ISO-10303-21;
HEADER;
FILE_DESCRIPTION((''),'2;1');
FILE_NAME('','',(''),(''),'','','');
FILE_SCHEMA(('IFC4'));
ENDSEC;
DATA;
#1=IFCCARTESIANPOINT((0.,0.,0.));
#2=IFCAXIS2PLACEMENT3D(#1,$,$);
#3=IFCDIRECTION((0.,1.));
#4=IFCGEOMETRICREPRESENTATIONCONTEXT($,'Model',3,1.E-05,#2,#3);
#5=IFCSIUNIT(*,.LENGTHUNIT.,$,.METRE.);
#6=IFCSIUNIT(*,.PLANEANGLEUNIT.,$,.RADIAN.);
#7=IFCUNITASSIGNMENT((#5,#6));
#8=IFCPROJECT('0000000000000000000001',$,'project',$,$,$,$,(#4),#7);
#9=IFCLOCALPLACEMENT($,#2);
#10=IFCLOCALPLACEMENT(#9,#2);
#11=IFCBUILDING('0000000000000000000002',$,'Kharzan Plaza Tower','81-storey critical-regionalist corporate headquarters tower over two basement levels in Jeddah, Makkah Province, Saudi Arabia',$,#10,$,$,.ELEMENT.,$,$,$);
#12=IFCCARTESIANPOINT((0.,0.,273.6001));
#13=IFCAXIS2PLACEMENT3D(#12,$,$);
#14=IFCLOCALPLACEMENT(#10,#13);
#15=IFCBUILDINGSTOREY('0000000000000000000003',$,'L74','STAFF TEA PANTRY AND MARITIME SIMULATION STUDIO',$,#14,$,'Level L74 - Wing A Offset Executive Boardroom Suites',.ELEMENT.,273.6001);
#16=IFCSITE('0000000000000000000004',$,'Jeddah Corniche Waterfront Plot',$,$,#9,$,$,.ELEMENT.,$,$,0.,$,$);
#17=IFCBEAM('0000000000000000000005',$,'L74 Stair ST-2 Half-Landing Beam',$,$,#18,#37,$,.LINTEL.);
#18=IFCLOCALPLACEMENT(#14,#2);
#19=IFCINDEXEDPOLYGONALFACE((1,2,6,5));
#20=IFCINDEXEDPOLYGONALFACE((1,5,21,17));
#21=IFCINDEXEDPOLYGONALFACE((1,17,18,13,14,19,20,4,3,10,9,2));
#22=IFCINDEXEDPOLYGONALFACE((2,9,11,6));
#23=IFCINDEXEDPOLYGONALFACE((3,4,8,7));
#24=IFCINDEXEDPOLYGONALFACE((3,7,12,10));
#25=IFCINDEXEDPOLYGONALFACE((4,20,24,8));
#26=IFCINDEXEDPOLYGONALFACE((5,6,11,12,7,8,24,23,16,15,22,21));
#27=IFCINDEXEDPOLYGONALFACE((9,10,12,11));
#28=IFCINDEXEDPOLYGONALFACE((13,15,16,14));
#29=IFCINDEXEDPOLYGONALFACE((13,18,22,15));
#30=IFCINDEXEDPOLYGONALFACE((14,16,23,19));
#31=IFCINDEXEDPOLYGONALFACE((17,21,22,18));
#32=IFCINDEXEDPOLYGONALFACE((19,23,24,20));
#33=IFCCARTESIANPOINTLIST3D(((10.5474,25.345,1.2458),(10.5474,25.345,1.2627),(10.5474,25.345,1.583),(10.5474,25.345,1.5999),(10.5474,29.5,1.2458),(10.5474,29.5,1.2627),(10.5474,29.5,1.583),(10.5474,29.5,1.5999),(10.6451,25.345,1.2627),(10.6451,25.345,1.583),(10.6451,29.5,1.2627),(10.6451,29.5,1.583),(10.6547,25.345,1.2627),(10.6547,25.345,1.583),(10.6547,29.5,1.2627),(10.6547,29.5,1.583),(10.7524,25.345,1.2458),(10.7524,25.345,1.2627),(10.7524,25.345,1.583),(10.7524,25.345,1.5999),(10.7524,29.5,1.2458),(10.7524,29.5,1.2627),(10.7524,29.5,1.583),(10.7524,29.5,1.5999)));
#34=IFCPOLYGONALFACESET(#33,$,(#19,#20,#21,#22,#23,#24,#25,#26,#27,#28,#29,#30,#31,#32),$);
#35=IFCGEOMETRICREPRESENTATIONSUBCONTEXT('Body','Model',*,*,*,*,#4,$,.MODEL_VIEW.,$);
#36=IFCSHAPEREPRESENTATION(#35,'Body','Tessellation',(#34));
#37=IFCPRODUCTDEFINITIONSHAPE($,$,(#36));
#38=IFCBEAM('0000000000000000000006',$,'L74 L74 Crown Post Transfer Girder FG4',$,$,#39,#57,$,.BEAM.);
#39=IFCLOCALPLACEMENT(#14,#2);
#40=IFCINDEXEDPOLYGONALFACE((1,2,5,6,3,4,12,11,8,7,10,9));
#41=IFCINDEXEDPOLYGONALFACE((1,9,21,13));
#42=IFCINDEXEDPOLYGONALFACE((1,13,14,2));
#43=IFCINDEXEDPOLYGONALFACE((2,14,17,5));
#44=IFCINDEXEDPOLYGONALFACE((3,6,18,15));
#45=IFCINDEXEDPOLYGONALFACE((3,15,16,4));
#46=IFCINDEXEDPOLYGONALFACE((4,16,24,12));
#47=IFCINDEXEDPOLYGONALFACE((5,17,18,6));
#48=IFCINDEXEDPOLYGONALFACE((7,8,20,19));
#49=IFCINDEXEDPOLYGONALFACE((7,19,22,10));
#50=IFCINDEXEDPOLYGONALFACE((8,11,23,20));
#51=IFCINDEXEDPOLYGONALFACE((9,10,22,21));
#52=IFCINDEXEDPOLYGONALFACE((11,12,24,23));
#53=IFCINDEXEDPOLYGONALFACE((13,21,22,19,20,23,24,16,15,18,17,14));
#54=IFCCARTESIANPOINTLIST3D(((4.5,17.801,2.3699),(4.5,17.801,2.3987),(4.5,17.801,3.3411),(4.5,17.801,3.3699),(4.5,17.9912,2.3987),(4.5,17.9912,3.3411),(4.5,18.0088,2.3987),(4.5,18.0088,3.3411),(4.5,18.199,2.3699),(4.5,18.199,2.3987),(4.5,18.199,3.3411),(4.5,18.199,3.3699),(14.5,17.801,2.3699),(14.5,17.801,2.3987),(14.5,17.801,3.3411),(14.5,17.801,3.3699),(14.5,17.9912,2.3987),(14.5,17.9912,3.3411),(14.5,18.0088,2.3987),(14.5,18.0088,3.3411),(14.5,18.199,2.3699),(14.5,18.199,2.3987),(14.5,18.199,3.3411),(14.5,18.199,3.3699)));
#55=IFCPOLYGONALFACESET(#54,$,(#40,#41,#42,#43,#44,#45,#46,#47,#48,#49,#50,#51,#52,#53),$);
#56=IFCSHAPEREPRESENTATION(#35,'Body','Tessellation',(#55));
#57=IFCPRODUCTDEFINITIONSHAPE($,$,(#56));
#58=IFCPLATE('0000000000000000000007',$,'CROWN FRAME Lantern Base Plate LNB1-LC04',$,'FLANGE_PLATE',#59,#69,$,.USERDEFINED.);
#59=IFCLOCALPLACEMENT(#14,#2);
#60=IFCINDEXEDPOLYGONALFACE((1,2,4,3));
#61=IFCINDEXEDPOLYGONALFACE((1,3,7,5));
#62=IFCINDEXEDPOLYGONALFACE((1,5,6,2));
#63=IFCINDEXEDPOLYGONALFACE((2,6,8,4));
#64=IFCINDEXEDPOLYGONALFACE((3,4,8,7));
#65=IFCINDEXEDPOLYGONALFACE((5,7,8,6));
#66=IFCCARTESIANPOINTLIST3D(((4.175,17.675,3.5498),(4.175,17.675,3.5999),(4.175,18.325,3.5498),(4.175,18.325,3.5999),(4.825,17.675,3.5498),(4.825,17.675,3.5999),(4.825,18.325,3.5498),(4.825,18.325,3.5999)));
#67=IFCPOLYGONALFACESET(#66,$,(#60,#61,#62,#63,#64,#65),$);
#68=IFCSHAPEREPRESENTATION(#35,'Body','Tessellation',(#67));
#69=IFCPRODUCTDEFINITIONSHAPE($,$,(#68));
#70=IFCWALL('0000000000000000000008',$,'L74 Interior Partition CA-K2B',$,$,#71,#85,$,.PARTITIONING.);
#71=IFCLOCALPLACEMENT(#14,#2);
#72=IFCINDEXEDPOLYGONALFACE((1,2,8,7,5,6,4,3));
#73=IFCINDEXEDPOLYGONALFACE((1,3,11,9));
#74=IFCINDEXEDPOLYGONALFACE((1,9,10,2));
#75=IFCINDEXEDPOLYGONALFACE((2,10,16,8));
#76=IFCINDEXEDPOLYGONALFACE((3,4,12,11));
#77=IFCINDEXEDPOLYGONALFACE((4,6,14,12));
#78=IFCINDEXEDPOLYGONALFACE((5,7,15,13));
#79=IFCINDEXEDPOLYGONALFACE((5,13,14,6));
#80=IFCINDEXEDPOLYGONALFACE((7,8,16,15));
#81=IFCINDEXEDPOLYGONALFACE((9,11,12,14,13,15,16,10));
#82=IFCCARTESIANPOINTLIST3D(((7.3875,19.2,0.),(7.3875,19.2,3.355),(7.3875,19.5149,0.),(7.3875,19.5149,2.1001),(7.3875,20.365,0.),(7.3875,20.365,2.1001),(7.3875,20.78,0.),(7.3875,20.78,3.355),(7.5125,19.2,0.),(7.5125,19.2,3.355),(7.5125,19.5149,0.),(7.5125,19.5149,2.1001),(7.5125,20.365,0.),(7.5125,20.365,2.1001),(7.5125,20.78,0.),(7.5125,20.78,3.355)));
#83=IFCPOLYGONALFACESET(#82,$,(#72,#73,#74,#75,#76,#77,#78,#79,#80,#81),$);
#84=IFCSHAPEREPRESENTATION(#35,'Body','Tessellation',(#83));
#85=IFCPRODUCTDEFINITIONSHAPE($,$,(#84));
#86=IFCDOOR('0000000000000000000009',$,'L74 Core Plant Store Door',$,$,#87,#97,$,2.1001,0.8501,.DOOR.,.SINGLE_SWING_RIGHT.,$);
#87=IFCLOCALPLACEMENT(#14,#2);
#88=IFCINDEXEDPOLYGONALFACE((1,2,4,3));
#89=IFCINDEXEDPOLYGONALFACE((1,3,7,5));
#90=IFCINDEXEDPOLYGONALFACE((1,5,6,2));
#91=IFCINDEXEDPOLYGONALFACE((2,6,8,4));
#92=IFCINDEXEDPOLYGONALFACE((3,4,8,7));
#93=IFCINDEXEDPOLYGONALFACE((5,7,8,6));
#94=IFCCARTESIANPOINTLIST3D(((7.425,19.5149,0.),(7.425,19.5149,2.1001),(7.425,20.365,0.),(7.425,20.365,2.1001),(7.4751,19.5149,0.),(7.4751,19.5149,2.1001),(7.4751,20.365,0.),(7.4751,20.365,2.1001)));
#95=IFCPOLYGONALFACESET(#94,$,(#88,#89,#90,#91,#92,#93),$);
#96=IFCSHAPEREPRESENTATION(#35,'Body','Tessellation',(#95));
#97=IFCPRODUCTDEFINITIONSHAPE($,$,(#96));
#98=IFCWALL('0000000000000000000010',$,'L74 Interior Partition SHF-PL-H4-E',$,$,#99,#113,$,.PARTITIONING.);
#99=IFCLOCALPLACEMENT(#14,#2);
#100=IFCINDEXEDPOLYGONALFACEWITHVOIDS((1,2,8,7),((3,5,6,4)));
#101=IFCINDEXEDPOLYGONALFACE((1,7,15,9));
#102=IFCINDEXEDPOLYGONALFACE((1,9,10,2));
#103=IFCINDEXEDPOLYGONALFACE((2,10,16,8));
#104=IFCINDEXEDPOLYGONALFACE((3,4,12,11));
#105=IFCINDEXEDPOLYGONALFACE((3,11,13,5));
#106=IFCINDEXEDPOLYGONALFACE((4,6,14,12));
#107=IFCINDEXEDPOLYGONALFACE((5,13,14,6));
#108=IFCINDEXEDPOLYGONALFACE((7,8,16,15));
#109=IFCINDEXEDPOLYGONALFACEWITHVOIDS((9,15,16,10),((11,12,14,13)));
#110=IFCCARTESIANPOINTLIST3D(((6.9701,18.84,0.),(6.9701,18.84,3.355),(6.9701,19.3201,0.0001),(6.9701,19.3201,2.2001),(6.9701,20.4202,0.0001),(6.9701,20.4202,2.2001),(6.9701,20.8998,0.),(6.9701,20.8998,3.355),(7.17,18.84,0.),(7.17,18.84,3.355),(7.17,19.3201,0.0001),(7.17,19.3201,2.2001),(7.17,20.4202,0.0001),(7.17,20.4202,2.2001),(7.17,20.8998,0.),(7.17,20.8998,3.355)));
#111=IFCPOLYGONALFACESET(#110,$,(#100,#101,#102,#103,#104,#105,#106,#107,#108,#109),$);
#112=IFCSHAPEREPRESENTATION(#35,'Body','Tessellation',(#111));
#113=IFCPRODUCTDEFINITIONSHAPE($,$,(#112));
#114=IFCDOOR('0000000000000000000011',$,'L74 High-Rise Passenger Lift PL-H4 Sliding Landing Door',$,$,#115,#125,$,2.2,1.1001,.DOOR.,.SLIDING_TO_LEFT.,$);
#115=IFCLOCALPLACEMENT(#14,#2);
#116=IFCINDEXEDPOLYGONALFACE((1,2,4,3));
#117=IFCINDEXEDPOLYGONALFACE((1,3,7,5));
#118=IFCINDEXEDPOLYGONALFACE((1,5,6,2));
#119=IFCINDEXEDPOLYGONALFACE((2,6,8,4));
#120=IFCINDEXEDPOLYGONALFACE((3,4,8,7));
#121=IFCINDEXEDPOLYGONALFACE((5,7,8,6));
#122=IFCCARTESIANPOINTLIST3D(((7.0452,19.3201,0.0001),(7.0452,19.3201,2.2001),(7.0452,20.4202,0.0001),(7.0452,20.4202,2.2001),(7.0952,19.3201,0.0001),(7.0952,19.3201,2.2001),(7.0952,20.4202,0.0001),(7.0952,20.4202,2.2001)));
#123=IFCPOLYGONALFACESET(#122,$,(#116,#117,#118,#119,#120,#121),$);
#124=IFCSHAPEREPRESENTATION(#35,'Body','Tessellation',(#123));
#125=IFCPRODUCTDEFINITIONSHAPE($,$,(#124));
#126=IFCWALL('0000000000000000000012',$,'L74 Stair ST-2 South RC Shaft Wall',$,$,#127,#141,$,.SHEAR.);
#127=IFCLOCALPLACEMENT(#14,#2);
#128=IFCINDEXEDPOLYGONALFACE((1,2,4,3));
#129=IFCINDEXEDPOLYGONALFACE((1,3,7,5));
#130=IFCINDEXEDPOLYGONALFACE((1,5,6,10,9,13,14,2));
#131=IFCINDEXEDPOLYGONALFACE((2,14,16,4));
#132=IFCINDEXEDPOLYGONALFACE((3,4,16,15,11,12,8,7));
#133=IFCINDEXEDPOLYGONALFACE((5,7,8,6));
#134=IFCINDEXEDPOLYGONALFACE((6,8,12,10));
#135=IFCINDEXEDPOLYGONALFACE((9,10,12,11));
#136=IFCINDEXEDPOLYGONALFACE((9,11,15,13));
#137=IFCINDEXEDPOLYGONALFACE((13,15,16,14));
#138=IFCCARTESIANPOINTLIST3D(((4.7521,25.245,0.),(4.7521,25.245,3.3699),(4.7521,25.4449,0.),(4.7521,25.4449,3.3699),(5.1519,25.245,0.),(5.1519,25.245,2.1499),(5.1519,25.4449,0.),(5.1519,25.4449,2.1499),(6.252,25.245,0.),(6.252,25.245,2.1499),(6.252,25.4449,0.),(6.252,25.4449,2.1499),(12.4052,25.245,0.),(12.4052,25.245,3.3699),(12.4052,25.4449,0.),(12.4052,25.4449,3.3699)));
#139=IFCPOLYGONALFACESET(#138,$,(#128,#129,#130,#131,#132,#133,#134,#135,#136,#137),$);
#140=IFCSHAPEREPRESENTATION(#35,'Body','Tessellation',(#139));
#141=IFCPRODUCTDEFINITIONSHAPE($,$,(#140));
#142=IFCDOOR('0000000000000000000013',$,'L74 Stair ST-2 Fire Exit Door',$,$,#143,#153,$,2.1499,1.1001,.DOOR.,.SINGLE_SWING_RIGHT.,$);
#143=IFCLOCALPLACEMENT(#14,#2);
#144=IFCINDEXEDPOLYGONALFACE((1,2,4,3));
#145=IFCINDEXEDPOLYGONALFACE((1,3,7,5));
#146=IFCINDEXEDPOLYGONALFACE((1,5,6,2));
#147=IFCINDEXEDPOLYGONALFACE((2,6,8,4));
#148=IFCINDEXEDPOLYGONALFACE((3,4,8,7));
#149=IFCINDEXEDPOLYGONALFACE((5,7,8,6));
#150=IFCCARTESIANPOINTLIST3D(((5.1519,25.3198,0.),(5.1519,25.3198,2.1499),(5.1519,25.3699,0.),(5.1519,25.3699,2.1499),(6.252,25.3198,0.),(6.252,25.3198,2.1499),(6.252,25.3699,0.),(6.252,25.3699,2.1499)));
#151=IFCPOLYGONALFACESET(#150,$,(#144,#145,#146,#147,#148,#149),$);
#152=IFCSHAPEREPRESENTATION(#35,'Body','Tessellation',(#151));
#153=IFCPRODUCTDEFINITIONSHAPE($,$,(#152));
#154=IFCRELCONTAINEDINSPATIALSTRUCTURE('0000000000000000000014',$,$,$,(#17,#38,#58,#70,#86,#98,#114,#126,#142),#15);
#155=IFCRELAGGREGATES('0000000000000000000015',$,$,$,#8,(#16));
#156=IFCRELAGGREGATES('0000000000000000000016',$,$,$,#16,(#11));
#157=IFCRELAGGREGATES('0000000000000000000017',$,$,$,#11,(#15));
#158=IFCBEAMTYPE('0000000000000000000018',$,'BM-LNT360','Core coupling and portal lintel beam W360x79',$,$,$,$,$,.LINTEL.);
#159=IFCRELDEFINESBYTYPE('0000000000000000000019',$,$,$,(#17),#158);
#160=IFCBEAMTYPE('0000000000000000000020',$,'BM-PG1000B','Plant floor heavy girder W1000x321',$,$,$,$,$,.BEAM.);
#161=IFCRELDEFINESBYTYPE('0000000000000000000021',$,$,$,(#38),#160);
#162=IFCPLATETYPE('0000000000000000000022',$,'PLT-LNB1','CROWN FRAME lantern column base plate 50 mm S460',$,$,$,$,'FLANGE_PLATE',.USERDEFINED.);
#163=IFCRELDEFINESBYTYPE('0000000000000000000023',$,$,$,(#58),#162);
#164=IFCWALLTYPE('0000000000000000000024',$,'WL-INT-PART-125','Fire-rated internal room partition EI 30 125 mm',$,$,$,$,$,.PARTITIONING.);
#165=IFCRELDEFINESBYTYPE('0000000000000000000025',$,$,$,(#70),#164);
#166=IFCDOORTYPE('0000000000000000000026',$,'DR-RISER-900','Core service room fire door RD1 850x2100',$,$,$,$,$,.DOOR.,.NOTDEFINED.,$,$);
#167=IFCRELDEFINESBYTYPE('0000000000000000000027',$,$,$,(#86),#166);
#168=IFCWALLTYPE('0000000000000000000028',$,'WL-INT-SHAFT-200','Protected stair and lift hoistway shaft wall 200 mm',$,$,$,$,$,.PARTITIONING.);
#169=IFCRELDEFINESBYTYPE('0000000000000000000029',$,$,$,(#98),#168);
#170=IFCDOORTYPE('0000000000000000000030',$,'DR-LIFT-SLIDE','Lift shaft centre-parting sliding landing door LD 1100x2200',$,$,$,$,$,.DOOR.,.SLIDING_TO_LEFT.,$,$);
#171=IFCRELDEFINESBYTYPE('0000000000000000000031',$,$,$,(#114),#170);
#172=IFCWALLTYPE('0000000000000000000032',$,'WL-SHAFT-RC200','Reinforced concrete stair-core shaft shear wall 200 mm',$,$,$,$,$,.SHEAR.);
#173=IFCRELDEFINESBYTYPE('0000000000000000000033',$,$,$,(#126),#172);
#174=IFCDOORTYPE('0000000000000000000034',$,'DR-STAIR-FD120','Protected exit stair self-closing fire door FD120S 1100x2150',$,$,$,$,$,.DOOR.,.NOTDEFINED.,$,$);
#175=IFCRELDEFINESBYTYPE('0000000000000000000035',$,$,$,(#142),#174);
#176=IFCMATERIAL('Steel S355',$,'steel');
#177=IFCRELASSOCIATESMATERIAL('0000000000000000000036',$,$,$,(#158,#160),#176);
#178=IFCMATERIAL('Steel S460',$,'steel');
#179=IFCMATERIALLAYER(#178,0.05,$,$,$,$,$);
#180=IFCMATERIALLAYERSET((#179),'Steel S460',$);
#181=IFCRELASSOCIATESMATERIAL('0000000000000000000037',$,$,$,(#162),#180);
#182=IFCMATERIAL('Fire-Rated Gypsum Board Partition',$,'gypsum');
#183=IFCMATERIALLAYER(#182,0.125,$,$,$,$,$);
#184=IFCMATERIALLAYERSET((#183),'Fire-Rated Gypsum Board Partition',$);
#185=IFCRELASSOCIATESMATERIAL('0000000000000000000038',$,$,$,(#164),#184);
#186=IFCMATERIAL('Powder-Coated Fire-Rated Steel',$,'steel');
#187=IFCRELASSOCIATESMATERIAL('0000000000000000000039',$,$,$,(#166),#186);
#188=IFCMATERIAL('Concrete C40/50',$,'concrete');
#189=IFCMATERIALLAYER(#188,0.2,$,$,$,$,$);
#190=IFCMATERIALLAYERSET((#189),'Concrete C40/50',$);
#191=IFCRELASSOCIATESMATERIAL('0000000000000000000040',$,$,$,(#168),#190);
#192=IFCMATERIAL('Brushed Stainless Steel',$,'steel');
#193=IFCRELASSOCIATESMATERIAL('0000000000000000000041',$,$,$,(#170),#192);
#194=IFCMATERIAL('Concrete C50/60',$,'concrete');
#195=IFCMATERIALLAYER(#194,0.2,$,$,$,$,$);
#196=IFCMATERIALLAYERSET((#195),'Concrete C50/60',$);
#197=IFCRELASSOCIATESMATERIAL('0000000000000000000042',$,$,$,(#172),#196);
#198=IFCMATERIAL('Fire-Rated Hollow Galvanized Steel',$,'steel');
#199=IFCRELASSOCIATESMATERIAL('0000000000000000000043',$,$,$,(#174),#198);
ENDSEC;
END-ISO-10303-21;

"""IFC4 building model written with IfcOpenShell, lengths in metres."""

from ifc_helpers import new_model, si_unit, direction, frame, frame_2d, origin, origin_2d, place, context, subcontext, project, spatial, rectangle, i_section, extrude, source, transform, mapped, material, layer, layer_set, material_profile, profile_set, type_object, element, fill, save


model = new_model("IFC4")

# Units and contexts
model_context = context("Model", 3, precision=1e-05, world=origin(), true_north=direction((0.0, 1.0)))
body_context = subcontext(model_context, "Body", "Model", "MODEL_VIEW")
ifc_project = project(units=[si_unit("LENGTHUNIT", "METRE"), si_unit("PLANEANGLEUNIT", "RADIAN")], contexts=[model_context])

# Site, building, storey
site_placement = place(None, origin())
site = spatial("IfcSite", under=ifc_project, at=site_placement, Name="Jeddah Corniche Waterfront Plot", CompositionType="ELEMENT", RefElevation=0.0)
building_placement = place(site_placement, origin())
building = spatial("IfcBuilding", under=site, at=building_placement, Name="Kharzan Plaza Tower", Description="81-storey critical-regionalist corporate headquarters tower over two basement levels in Jeddah, Makkah Province, Saudi Arabia", CompositionType="ELEMENT")
storey_placement = place(building_placement, frame((0.0, 0.0, 273.6001)))
storey = spatial("IfcBuildingStorey", under=building, at=storey_placement, Name="L74", Description="STAFF TEA PANTRY AND MARITIME SIMULATION STUDIO", LongName="Level L74 - Wing A Offset Executive Boardroom Suites", CompositionType="ELEMENT", Elevation=273.6001)

# Beams
ifc_material_1 = material(Name="Steel S355", Category="steel")
ifc_material_profile_1 = material_profile(ifc_material_1, i_section(OverallWidth=0.2051, OverallDepth=0.354, WebThickness=0.0095, FlangeThickness=0.0168, at=origin_2d()), Name="W360x79")
ifc_profile_set_1 = profile_set([ifc_material_profile_1], Name="Steel S355")
beam_type_1 = type_object("IfcBeamType", Name="BM-LNT360", Description="Core coupling and portal lintel beam W360x79", PredefinedType="LINTEL", material=ifc_profile_set_1)
shared_shape_1 = source(origin(), body_context, "Body", "SweptSolid", [
    extrude(i_section(OverallWidth=0.2051, OverallDepth=0.354, WebThickness=0.0095, FlangeThickness=0.0168, at=origin_2d()), origin(), (0.0, 0.0, 1.0), 4.155),
])
beam_1_placement = place(storey_placement, frame((10.6499, 25.345, 1.4229), z_axis=(0.0, 1.0, 0.0), x_axis=(-1.0, 0.0, 0.0)))
element("IfcBeam", 1, at=beam_1_placement, inside=storey, type_object=beam_type_1, Name="L74 Stair ST-2 Half-Landing Beam", PredefinedType="LINTEL", context=body_context, shape_type="MappedRepresentation", body=[
    mapped(shared_shape_1, transform((0.0, 0.0, 0.0), x_axis=(1.0, 0.0, 0.0), y_axis=(0.0, 1.0, 0.0), z_axis=(0.0, 0.0, 1.0))),
])
ifc_material_profile_2 = material_profile(ifc_material_1, i_section(OverallWidth=0.3979, OverallDepth=1.0, WebThickness=0.0176, FlangeThickness=0.0288, at=origin_2d()), Name="W1000x321")
ifc_profile_set_2 = profile_set([ifc_material_profile_2], Name="Steel S355")
beam_type_2 = type_object("IfcBeamType", Name="BM-PG1000B", Description="Plant floor heavy girder W1000x321", PredefinedType="BEAM", material=ifc_profile_set_2)
shared_shape_2 = source(origin(), body_context, "Body", "SweptSolid", [
    extrude(i_section(OverallWidth=0.3979, OverallDepth=1.0, WebThickness=0.0176, FlangeThickness=0.0288, at=origin_2d()), origin(), (0.0, 0.0, 1.0), 10.0),
])
beam_2_placement = place(storey_placement, frame((4.5, 18.0, 2.8699), z_axis=(1.0, 0.0, 0.0), x_axis=(0.0, 1.0, 0.0)))
element("IfcBeam", 2, at=beam_2_placement, inside=storey, type_object=beam_type_2, Name="L74 L74 Crown Post Transfer Girder FG4", PredefinedType="BEAM", context=body_context, shape_type="MappedRepresentation", body=[
    mapped(shared_shape_2, transform((0.0, 0.0, 0.0), x_axis=(1.0, 0.0, 0.0), y_axis=(0.0, 1.0, 0.0), z_axis=(0.0, 0.0, 1.0))),
])

# Plate
ifc_material_2 = material(Name="Steel S460", Category="steel")
ifc_layer_1 = layer(ifc_material_2, 0.05)
ifc_layer_set_1 = layer_set([ifc_layer_1], Name="Steel S460")
plate_type = type_object("IfcPlateType", Name="PLT-LNB1", Description="CROWN FRAME lantern column base plate 50 mm S460", ElementType="FLANGE_PLATE", PredefinedType="USERDEFINED", material=ifc_layer_set_1)
shared_shape_3 = source(origin(), body_context, "Body", "SweptSolid", [
    extrude(rectangle(XDim=0.6499, YDim=0.6499, at=origin_2d()), origin(), (0.0, 0.0, 1.0), 0.05),
])
plate_placement = place(storey_placement, frame((4.5, 18.0, 3.5498), z_axis=(0.0, 0.0, 1.0), x_axis=(1.0, 0.0, 0.0)))
element("IfcPlate", 3, at=plate_placement, inside=storey, type_object=plate_type, Name="CROWN FRAME Lantern Base Plate LNB1-LC04", ObjectType="FLANGE_PLATE", PredefinedType="USERDEFINED", context=body_context, shape_type="MappedRepresentation", body=[
    mapped(shared_shape_3, transform((0.0, 0.0, 0.0), x_axis=(1.0, 0.0, 0.0), y_axis=(0.0, 1.0, 0.0), z_axis=(0.0, 0.0, 1.0))),
])

# Walls, openings, doors
ifc_material_3 = material(Name="Concrete C40/50", Category="concrete")
ifc_material_4 = material(Name="Fire-Rated Gypsum Board Partition", Category="gypsum")
ifc_layer_2 = layer(ifc_material_4, 0.125)
ifc_layer_set_2 = layer_set([ifc_layer_2], Name="Fire-Rated Gypsum Board Partition")
wall_type_1 = type_object("IfcWallType", Name="WL-INT-PART-125", Description="Fire-rated internal room partition EI 30 125 mm", PredefinedType="PARTITIONING", material=ifc_layer_set_2)
wall_1_placement = place(storey_placement, frame((7.45, 19.2, 0.0), z_axis=(0.0, 0.0, 1.0), x_axis=(0.0, 1.0, 0.0)))
wall_1 = element("IfcWall", 4, at=wall_1_placement, inside=storey, type_object=wall_type_1, Name="L74 Interior Partition CA-K2B", PredefinedType="PARTITIONING", context=body_context, shape_type="SweptSolid", body=[
    extrude(rectangle(XDim=1.5801, YDim=0.125, at=frame_2d((0.79, 0.0))), origin(), (0.0, 0.0, 1.0), 3.355),
])
opening_1_placement = place(wall_1_placement, frame((0.3149, 0.0, 0.0)))
opening_1 = element("IfcOpeningElement", 5, at=opening_1_placement, cuts=wall_1, PredefinedType="OPENING", context=body_context, shape_type="SweptSolid", body=[
    extrude(rectangle(XDim=0.8501, YDim=2.1001, at=frame_2d((0.425, 1.05))), frame((0.0, 0.0725, 0.0), z_axis=(0.0, -1.0, 0.0), x_axis=(1.0, 0.0, 0.0)), (0.0, 0.0, 1.0), 0.145),
])
ifc_material_5 = material(Name="Powder-Coated Fire-Rated Steel", Category="steel")
door_type_1 = type_object("IfcDoorType", Name="DR-RISER-900", Description="Core service room fire door RD1 850x2100", OperationType="NOTDEFINED", PredefinedType="DOOR", material=ifc_material_5)
shared_shape_4 = source(origin(), body_context, "Body", "SweptSolid", [
    extrude(rectangle(XDim=0.8501, YDim=2.1001, at=frame_2d((0.425, 1.05))), frame((0.0, 0.0249, 0.0), z_axis=(0.0, -1.0, 0.0), x_axis=(1.0, 0.0, 0.0)), (0.0, 0.0, 1.0), 0.05),
])
door_1_placement = place(opening_1_placement, origin())
door_1 = element("IfcDoor", 6, at=door_1_placement, inside=storey, type_object=door_type_1, Name="L74 Core Plant Store Door", OperationType="SINGLE_SWING_RIGHT", OverallHeight=2.1001, OverallWidth=0.8501, PredefinedType="DOOR", context=body_context, shape_type="MappedRepresentation", body=[
    mapped(shared_shape_4, transform((0.0, 0.0, 0.0), x_axis=(1.0, 0.0, 0.0), y_axis=(0.0, 1.0, 0.0), z_axis=(0.0, 0.0, 1.0))),
])
fill(opening_1, door_1)
ifc_layer_3 = layer(ifc_material_3, 0.2)
ifc_layer_set_3 = layer_set([ifc_layer_3], Name="Concrete C40/50")
wall_type_2 = type_object("IfcWallType", Name="WL-INT-SHAFT-200", Description="Protected stair and lift hoistway shaft wall 200 mm", PredefinedType="PARTITIONING", material=ifc_layer_set_3)
wall_2_placement = place(storey_placement, frame((7.0701, 18.8401, 0.0), z_axis=(0.0, 0.0, 1.0), x_axis=(0.0, 1.0, 0.0)))
wall_2 = element("IfcWall", 7, at=wall_2_placement, inside=storey, type_object=wall_type_2, Name="L74 Interior Partition SHF-PL-H4-E", PredefinedType="PARTITIONING", context=body_context, shape_type="SweptSolid", body=[
    extrude(rectangle(XDim=2.0598, YDim=0.2, at=frame_2d((1.0298, 0.0))), origin(), (0.0, 0.0, 1.0), 3.355),
])
opening_2_placement = place(wall_2_placement, frame((0.48, 0.0, 0.0)))
opening_2 = element("IfcOpeningElement", 8, at=opening_2_placement, cuts=wall_2, PredefinedType="OPENING", context=body_context, shape_type="SweptSolid", body=[
    extrude(rectangle(XDim=1.1001, YDim=2.2, at=frame_2d((0.55, 1.1001))), frame((0.0, 0.1099, 0.0), z_axis=(0.0, -1.0, 0.0), x_axis=(1.0, 0.0, 0.0)), (0.0, 0.0, 1.0), 0.22),
])
ifc_material_6 = material(Name="Brushed Stainless Steel", Category="steel")
door_type_2 = type_object("IfcDoorType", Name="DR-LIFT-SLIDE", Description="Lift shaft centre-parting sliding landing door LD 1100x2200", OperationType="SLIDING_TO_LEFT", PredefinedType="DOOR", material=ifc_material_6)
shared_shape_5 = source(origin(), body_context, "Body", "SweptSolid", [
    extrude(rectangle(XDim=1.1001, YDim=2.2, at=frame_2d((0.55, 1.1001))), frame((0.0, 0.0249, 0.0), z_axis=(0.0, -1.0, 0.0), x_axis=(1.0, 0.0, 0.0)), (0.0, 0.0, 1.0), 0.05),
])
door_2_placement = place(opening_2_placement, origin())
door_2 = element("IfcDoor", 9, at=door_2_placement, inside=storey, type_object=door_type_2, Name="L74 High-Rise Passenger Lift PL-H4 Sliding Landing Door", OperationType="SLIDING_TO_LEFT", OverallHeight=2.2, OverallWidth=1.1001, PredefinedType="DOOR", context=body_context, shape_type="MappedRepresentation", body=[
    mapped(shared_shape_5, transform((0.0, 0.0, 0.0), x_axis=(1.0, 0.0, 0.0), y_axis=(0.0, 1.0, 0.0), z_axis=(0.0, 0.0, 1.0))),
])
fill(opening_2, door_2)
ifc_material_7 = material(Name="Concrete C50/60", Category="concrete")
ifc_layer_4 = layer(ifc_material_7, 0.2)
ifc_layer_set_4 = layer_set([ifc_layer_4], Name="Concrete C50/60")
wall_type_3 = type_object("IfcWallType", Name="WL-SHAFT-RC200", Description="Reinforced concrete stair-core shaft shear wall 200 mm", PredefinedType="SHEAR", material=ifc_layer_set_4)
wall_3_placement = place(storey_placement, frame((4.752, 25.345, 0.0), z_axis=(0.0, 0.0, 1.0), x_axis=(1.0, 0.0, 0.0)))
wall_3 = element("IfcWall", 10, at=wall_3_placement, inside=storey, type_object=wall_type_3, Name="L74 Stair ST-2 South RC Shaft Wall", PredefinedType="SHEAR", context=body_context, shape_type="SweptSolid", body=[
    extrude(rectangle(XDim=7.6531, YDim=0.2, at=frame_2d((3.8267, 0.0))), origin(), (0.0, 0.0, 1.0), 3.3699),
])
opening_3_placement = place(wall_3_placement, frame((0.3999, 0.0, 0.0)))
opening_3 = element("IfcOpeningElement", 11, at=opening_3_placement, cuts=wall_3, PredefinedType="OPENING", context=body_context, shape_type="SweptSolid", body=[
    extrude(rectangle(XDim=1.1001, YDim=2.1499, at=frame_2d((0.55, 1.075))), frame((0.0, 0.1099, 0.0), z_axis=(0.0, -1.0, 0.0), x_axis=(1.0, 0.0, 0.0)), (0.0, 0.0, 1.0), 0.22),
])
ifc_material_8 = material(Name="Fire-Rated Hollow Galvanized Steel", Category="steel")
door_type_3 = type_object("IfcDoorType", Name="DR-STAIR-FD120", Description="Protected exit stair self-closing fire door FD120S 1100x2150", OperationType="NOTDEFINED", PredefinedType="DOOR", material=ifc_material_8)
shared_shape_6 = source(origin(), body_context, "Body", "SweptSolid", [
    extrude(rectangle(XDim=1.1001, YDim=2.1499, at=frame_2d((0.55, 1.075))), frame((0.0, 0.0249, 0.0), z_axis=(0.0, -1.0, 0.0), x_axis=(1.0, 0.0, 0.0)), (0.0, 0.0, 1.0), 0.05),
])
door_3_placement = place(opening_3_placement, origin())
door_3 = element("IfcDoor", 12, at=door_3_placement, inside=storey, type_object=door_type_3, Name="L74 Stair ST-2 Fire Exit Door", OperationType="SINGLE_SWING_RIGHT", OverallHeight=2.1499, OverallWidth=1.1001, PredefinedType="DOOR", context=body_context, shape_type="MappedRepresentation", body=[
    mapped(shared_shape_6, transform((0.0, 0.0, 0.0), x_axis=(1.0, 0.0, 0.0), y_axis=(0.0, 1.0, 0.0), z_axis=(0.0, 0.0, 1.0))),
])
fill(opening_3, door_3)

save(model, "model.ifc")
